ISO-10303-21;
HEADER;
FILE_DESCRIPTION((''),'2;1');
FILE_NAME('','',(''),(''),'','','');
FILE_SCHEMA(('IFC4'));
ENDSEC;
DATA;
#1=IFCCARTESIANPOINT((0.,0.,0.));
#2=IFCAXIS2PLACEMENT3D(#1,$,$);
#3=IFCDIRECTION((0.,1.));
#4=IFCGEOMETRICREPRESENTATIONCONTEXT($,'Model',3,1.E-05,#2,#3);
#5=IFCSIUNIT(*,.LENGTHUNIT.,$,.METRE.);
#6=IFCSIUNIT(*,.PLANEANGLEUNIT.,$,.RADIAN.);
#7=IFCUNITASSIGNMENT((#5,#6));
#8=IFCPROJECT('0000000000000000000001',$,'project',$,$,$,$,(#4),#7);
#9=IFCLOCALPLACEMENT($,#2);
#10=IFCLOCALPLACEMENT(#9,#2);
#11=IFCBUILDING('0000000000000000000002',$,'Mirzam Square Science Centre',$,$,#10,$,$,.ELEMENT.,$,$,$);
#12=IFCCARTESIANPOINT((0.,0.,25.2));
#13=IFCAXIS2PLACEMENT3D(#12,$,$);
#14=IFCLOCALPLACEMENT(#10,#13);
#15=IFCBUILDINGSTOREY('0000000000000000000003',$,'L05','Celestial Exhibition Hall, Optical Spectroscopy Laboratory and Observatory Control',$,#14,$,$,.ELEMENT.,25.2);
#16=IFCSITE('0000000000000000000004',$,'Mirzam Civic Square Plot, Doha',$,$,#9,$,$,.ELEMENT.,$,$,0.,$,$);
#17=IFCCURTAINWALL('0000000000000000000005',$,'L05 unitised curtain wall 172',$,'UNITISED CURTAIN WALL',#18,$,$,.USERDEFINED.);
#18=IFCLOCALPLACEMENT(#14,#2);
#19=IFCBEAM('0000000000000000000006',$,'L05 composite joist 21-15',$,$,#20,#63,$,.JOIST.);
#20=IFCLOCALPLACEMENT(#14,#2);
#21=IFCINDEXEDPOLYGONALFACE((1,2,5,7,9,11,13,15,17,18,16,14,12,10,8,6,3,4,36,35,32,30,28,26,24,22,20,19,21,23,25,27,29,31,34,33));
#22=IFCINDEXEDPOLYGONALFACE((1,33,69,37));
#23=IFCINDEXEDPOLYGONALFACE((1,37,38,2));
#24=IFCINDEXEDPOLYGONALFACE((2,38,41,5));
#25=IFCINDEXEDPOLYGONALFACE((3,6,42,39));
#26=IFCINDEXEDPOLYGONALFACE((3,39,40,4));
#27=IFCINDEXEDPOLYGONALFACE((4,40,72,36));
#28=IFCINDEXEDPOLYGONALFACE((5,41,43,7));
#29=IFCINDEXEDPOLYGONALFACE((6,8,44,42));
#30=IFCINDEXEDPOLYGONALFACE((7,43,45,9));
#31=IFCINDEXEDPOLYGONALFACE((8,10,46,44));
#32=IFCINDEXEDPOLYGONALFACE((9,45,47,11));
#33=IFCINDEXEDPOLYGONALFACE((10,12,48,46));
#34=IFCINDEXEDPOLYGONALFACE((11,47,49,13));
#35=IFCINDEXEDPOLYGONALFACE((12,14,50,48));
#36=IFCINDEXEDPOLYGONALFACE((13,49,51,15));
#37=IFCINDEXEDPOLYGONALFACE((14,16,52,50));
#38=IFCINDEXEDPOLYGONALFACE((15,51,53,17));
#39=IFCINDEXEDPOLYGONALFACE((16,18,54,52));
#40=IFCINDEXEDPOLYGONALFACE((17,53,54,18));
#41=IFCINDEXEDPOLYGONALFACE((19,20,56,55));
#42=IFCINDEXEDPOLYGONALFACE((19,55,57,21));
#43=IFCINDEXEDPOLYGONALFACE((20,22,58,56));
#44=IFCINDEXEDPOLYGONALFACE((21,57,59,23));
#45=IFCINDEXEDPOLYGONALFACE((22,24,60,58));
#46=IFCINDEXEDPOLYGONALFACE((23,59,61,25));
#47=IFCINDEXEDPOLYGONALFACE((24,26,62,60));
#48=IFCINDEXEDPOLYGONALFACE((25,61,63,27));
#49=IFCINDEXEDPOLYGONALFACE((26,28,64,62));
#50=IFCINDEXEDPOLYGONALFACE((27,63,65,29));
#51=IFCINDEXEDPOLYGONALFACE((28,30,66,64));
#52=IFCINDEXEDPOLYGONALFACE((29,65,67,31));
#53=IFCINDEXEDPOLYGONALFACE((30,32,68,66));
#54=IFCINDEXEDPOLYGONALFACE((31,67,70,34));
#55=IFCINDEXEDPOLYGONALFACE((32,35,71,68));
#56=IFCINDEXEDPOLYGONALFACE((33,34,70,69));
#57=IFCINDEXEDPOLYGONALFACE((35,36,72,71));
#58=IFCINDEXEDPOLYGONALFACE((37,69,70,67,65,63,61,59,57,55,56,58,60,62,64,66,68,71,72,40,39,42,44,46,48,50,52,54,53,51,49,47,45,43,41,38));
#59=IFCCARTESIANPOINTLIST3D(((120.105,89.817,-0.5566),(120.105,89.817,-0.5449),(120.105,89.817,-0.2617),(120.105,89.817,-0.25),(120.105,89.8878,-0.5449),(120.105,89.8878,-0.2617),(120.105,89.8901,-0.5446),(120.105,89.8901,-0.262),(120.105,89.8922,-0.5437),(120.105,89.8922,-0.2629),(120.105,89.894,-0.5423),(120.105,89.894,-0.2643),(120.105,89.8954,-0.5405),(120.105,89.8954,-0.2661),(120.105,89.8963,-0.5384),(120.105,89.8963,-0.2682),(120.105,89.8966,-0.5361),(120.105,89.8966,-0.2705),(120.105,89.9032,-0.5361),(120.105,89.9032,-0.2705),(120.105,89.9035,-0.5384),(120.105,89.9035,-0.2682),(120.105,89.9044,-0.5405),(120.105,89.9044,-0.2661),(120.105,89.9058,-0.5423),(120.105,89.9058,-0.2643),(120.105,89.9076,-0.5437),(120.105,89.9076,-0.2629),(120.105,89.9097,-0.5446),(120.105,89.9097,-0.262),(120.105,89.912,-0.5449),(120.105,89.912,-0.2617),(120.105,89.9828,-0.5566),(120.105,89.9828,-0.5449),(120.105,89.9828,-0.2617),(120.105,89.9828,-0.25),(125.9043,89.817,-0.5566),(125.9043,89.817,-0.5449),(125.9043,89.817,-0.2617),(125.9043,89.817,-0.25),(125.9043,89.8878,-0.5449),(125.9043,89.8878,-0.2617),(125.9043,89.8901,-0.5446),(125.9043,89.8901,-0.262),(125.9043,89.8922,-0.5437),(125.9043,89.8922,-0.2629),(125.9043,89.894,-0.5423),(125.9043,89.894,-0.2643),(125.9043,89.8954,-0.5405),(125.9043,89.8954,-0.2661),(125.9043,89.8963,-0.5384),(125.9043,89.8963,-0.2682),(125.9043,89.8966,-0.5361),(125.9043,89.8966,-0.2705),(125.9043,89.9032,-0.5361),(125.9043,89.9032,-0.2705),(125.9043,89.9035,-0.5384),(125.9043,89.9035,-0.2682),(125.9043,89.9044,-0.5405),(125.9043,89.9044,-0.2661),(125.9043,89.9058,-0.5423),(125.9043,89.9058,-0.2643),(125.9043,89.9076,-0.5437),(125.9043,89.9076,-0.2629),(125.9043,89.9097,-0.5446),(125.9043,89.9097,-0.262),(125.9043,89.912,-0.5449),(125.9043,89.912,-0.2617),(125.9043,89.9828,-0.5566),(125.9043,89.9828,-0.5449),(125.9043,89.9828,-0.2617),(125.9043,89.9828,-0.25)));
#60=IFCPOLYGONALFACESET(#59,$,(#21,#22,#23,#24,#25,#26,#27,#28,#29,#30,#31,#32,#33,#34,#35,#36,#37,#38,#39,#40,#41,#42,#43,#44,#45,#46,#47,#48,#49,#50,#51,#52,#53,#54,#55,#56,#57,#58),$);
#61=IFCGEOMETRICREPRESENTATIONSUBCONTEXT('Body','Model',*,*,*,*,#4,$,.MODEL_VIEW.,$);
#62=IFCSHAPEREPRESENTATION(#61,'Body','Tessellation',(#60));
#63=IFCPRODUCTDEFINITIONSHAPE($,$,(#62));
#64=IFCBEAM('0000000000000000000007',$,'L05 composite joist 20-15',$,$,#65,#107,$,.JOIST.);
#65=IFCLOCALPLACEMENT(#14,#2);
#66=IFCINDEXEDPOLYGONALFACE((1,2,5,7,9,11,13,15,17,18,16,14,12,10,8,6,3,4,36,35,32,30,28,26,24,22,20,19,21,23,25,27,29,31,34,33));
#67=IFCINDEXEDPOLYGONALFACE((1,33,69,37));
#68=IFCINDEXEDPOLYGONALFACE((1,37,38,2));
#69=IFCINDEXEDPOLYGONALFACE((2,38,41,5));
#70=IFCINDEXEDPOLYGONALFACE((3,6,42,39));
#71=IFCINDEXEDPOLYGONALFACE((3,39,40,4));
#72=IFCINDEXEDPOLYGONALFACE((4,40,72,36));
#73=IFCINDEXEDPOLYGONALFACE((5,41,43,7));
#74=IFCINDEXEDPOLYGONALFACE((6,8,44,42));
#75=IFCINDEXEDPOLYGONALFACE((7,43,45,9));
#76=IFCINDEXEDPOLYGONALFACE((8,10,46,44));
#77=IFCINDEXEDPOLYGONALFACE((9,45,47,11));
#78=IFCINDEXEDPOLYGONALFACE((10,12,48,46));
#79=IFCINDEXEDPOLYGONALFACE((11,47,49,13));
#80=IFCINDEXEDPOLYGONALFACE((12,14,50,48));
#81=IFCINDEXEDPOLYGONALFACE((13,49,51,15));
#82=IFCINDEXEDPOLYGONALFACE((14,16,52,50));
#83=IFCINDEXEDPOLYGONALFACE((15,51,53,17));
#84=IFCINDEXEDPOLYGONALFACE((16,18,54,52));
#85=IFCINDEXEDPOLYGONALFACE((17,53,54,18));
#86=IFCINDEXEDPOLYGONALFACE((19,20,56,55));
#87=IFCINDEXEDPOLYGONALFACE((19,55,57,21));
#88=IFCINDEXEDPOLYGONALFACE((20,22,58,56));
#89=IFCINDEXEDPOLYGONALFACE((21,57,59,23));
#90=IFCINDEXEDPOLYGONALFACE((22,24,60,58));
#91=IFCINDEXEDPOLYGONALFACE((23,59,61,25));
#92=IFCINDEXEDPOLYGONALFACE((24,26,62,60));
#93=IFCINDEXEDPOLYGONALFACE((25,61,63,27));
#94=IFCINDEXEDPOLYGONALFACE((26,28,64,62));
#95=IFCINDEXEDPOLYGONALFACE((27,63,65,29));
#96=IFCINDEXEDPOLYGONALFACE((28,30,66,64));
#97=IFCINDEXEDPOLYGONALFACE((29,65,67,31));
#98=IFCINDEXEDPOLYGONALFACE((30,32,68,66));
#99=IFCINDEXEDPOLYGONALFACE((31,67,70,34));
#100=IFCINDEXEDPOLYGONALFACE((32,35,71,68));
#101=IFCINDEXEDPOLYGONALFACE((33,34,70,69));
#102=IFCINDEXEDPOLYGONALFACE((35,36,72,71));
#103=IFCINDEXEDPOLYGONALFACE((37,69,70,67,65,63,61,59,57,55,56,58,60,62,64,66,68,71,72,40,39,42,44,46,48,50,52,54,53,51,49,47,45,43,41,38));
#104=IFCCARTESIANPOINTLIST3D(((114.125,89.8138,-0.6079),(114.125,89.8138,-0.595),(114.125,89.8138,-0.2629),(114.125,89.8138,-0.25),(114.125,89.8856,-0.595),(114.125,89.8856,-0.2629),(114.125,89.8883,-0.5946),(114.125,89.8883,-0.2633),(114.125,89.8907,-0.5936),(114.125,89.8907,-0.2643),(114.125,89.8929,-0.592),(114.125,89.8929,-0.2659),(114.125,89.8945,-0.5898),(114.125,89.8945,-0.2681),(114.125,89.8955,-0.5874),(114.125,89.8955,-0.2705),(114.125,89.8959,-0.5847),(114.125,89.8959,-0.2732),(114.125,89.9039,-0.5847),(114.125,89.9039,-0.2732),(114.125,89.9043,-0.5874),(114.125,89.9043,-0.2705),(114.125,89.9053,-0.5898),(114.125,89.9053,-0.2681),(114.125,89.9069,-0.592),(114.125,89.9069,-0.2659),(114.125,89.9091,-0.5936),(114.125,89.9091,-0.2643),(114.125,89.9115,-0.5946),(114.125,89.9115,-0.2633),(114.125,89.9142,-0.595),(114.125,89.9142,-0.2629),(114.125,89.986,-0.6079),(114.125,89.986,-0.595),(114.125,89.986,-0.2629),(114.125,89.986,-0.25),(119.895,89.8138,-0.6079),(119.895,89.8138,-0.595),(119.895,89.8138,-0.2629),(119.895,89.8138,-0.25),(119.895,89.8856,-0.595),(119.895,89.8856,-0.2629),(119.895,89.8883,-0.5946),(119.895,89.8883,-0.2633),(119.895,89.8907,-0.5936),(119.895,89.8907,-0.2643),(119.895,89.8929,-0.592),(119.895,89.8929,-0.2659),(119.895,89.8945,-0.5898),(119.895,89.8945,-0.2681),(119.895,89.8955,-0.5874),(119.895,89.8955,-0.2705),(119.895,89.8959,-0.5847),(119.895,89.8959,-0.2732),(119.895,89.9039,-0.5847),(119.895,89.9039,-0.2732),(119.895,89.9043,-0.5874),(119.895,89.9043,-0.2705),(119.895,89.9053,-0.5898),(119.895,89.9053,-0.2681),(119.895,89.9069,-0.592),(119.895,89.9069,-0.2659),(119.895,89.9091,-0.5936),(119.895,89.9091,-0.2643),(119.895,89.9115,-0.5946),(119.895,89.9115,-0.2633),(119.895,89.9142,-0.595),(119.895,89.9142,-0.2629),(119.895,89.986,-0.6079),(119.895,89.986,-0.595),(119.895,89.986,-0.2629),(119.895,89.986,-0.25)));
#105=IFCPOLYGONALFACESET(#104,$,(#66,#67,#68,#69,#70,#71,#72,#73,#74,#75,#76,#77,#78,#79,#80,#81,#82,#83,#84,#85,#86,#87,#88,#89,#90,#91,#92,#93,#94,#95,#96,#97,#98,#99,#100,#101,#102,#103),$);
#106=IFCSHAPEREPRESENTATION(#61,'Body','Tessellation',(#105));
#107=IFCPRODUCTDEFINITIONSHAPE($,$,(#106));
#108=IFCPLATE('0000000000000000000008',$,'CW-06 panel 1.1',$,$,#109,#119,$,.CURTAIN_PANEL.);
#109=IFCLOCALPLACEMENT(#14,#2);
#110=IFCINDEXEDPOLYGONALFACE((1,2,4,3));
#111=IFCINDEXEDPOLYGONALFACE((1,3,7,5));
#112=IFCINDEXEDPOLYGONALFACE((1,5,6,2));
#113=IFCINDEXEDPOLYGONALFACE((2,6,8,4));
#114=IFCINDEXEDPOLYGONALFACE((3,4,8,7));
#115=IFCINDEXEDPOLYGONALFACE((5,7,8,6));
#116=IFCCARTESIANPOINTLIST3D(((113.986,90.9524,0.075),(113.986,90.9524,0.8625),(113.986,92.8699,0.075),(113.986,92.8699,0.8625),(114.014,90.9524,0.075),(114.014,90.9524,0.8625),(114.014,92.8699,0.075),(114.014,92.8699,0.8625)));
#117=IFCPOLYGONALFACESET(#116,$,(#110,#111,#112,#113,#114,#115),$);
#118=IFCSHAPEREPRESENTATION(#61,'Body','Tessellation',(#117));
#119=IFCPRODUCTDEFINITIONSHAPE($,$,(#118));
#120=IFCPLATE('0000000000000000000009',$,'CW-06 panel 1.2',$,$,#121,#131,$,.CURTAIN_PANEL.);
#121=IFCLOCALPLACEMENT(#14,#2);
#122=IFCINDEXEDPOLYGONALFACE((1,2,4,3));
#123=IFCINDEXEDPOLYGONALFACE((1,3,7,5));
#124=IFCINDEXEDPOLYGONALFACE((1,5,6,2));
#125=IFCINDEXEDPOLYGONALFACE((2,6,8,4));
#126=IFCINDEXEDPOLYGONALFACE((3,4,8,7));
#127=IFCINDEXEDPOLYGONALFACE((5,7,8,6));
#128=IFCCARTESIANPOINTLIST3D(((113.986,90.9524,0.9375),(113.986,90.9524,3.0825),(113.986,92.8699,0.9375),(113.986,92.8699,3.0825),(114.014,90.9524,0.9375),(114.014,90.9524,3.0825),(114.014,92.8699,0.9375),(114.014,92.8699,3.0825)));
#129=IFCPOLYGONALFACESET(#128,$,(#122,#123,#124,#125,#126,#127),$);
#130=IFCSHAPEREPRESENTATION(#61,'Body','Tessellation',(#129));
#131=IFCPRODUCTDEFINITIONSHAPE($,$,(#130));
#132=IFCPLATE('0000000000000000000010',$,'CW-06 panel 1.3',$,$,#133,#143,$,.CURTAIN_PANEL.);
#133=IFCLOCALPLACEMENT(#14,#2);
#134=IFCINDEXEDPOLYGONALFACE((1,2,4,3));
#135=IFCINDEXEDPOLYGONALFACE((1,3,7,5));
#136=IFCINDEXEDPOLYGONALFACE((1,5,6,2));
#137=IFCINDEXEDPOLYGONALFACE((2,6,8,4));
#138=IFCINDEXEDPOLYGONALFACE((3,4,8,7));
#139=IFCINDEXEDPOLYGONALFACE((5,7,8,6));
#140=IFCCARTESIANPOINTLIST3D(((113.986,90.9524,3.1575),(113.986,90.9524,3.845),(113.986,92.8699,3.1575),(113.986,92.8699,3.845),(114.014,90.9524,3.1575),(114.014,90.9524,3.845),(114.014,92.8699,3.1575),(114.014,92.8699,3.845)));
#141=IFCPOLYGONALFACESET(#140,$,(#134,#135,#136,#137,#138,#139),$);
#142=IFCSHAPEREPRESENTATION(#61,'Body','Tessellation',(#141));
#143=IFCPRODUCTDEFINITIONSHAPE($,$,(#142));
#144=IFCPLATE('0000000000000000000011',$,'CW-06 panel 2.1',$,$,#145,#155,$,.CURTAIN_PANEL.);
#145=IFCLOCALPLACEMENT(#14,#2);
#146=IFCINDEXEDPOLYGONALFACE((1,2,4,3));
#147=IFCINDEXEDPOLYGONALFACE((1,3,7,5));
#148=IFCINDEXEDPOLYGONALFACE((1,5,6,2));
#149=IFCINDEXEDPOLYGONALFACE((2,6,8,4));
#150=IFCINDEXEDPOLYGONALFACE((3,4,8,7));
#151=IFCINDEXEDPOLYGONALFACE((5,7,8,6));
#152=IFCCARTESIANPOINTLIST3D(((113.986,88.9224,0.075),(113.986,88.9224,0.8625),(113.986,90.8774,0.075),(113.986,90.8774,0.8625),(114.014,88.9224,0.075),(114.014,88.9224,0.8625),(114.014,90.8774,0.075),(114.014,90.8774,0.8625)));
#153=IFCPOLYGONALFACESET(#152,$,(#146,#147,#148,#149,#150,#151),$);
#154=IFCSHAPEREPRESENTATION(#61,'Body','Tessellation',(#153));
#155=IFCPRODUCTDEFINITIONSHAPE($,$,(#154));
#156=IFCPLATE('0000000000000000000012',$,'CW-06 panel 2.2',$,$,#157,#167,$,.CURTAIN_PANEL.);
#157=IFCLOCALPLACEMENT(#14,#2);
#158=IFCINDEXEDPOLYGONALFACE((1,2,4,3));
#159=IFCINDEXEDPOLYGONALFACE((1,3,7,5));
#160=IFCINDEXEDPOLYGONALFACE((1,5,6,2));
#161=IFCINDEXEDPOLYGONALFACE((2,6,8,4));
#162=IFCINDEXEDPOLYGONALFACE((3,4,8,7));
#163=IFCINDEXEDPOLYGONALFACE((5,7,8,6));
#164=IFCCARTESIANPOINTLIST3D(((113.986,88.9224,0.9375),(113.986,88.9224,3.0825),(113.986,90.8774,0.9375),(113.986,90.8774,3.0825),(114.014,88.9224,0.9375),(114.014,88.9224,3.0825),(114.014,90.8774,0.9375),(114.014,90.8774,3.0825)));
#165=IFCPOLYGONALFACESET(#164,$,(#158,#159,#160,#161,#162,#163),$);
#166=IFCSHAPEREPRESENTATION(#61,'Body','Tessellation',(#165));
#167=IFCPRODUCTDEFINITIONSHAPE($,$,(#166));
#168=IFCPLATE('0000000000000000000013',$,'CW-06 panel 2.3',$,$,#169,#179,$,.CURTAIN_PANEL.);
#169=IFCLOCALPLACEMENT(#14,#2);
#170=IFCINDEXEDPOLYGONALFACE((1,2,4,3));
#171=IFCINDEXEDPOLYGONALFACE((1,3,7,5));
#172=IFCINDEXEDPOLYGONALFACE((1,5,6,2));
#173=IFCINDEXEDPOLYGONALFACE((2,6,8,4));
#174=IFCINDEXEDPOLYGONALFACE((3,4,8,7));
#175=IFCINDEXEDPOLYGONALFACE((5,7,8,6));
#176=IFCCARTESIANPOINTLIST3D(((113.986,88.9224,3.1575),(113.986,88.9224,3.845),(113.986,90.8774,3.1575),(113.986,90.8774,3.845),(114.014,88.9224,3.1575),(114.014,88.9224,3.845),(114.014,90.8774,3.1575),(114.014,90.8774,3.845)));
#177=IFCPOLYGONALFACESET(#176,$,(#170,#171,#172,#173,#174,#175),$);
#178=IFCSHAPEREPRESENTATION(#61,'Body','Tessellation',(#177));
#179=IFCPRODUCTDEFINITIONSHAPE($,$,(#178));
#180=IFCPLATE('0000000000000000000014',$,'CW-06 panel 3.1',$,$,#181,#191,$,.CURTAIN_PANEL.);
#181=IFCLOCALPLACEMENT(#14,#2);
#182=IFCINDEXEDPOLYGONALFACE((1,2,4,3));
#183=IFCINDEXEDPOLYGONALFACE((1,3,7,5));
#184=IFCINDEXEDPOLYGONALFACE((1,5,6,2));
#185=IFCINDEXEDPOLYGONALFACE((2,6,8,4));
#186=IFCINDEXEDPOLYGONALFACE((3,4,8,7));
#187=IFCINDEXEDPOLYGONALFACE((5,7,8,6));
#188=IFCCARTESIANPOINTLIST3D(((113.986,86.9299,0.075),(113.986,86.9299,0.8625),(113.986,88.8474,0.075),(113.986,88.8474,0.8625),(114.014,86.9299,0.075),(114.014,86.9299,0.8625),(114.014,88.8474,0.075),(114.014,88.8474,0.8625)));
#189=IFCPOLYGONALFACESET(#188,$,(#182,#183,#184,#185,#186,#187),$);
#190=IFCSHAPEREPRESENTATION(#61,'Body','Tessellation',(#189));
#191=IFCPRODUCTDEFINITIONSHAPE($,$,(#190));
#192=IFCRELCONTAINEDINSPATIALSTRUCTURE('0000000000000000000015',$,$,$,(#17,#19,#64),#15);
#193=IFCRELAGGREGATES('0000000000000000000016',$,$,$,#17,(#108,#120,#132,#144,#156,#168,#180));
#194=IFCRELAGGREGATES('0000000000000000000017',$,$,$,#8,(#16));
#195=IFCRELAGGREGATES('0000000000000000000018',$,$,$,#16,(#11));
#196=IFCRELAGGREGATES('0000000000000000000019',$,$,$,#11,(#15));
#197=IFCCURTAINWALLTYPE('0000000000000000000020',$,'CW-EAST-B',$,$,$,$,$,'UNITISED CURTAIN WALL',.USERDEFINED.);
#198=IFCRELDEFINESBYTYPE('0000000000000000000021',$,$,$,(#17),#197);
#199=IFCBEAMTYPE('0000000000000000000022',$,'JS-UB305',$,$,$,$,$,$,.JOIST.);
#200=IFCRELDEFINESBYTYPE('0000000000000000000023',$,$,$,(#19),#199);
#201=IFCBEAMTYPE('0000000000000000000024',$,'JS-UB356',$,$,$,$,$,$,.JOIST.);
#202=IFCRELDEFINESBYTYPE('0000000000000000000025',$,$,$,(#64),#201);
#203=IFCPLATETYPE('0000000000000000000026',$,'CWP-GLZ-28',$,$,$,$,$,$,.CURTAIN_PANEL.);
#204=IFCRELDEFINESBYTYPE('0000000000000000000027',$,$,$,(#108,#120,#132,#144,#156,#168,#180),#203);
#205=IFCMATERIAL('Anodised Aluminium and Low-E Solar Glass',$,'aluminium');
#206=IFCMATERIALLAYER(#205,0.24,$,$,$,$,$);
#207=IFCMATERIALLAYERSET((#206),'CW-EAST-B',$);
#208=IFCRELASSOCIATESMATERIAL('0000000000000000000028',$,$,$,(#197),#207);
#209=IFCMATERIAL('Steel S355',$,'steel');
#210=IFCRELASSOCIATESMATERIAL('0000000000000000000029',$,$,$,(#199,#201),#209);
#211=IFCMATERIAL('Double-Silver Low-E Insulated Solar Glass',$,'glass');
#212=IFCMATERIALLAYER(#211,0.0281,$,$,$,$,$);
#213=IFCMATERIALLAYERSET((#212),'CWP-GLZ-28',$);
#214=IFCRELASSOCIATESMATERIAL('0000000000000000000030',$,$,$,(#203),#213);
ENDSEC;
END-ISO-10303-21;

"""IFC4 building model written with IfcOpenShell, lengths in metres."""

from ifc_helpers import new_model, si_unit, direction, frame, origin, origin_2d, place, context, subcontext, project, spatial, rectangle, i_section, extrude, material, layer, layer_set, material_profile, profile_set, type_object, element, aggregate, save


model = new_model("IFC4")

# Units and contexts
model_context = context("Model", 3, precision=1e-05, world=origin(), true_north=direction((0.0, 1.0)))
body_context = subcontext(model_context, "Body", "Model", "MODEL_VIEW")
ifc_project = project(units=[si_unit("LENGTHUNIT", "METRE"), si_unit("PLANEANGLEUNIT", "RADIAN")], contexts=[model_context])

# Site, building, storey
site_placement = place(None, origin())
site = spatial("IfcSite", under=ifc_project, at=site_placement, Name="Mirzam Civic Square Plot, Doha", CompositionType="ELEMENT", RefElevation=0.0)
building_placement = place(site_placement, origin())
building = spatial("IfcBuilding", under=site, at=building_placement, Name="Mirzam Square Science Centre", CompositionType="ELEMENT")
storey_placement = place(building_placement, frame((0.0, 0.0, 25.2)))
storey = spatial("IfcBuildingStorey", under=building, at=storey_placement, Name="L05", Description="Celestial Exhibition Hall, Optical Spectroscopy Laboratory and Observatory Control", CompositionType="ELEMENT", Elevation=25.2)

# Shared definitions
ifc_material_1 = material(Name="Steel S355", Category="steel")

# Curtain wall
ifc_material_2 = material(Name="Anodised Aluminium and Low-E Solar Glass", Category="aluminium")
ifc_layer_1 = layer(ifc_material_2, 0.24)
ifc_layer_set_1 = layer_set([ifc_layer_1], Name="CW-EAST-B")
curtain_wall_type = type_object("IfcCurtainWallType", Name="CW-EAST-B", ElementType="UNITISED CURTAIN WALL", PredefinedType="USERDEFINED", material=ifc_layer_set_1)
curtain_wall_placement = place(storey_placement, origin())
curtain_wall = element("IfcCurtainWall", 1, at=curtain_wall_placement, inside=storey, type_object=curtain_wall_type, Name="L05 unitised curtain wall 172", ObjectType="UNITISED CURTAIN WALL", PredefinedType="USERDEFINED")

# Beams
ifc_material_profile_1 = material_profile(ifc_material_1, i_section(OverallWidth=0.1658, OverallDepth=0.3066, WebThickness=0.0066, FlangeThickness=0.0117, FilletRadius=0.0088, at=origin_2d()), Name="305x165x46UB")
ifc_profile_set_1 = profile_set([ifc_material_profile_1], Name="Steel S355")
beam_type_1 = type_object("IfcBeamType", Name="JS-UB305", PredefinedType="JOIST", material=ifc_profile_set_1)
beam_1_placement = place(storey_placement, frame((120.105, 89.8999, -0.4033), z_axis=(1.0, 0.0, 0.0), x_axis=(0.0, 1.0, 0.0)))
element("IfcBeam", 2, at=beam_1_placement, inside=storey, type_object=beam_type_1, Name="L05 composite joist 21-15", PredefinedType="JOIST", context=body_context, shape_type="SweptSolid", body=[
    extrude(i_section(OverallWidth=0.1658, OverallDepth=0.3066, WebThickness=0.0066, FlangeThickness=0.0117, FilletRadius=0.0088, at=origin_2d()), origin(), (0.0, 0.0, 1.0), 5.7993),
])
ifc_material_profile_2 = material_profile(ifc_material_1, i_section(OverallWidth=0.1721, OverallDepth=0.3579, WebThickness=0.0081, FlangeThickness=0.0129, FilletRadius=0.0103, at=origin_2d()), Name="356x171x57UB")
ifc_profile_set_2 = profile_set([ifc_material_profile_2], Name="Steel S355")
beam_type_2 = type_object("IfcBeamType", Name="JS-UB356", PredefinedType="JOIST", material=ifc_profile_set_2)
beam_2_placement = place(storey_placement, frame((114.125, 89.8999, -0.429), z_axis=(1.0, 0.0, 0.0), x_axis=(0.0, 1.0, 0.0)))
element("IfcBeam", 3, at=beam_2_placement, inside=storey, type_object=beam_type_2, Name="L05 composite joist 20-15", PredefinedType="JOIST", context=body_context, shape_type="SweptSolid", body=[
    extrude(i_section(OverallWidth=0.1721, OverallDepth=0.3579, WebThickness=0.0081, FlangeThickness=0.0129, FilletRadius=0.0103, at=origin_2d()), origin(), (0.0, 0.0, 1.0), 5.77),
])

# Plates
ifc_material_3 = material(Name="Double-Silver Low-E Insulated Solar Glass", Category="glass")
ifc_layer_2 = layer(ifc_material_3, 0.0281)
ifc_layer_set_2 = layer_set([ifc_layer_2], Name="CWP-GLZ-28")
plate_type = type_object("IfcPlateType", Name="CWP-GLZ-28", PredefinedType="CURTAIN_PANEL", material=ifc_layer_set_2)
plate_1_placement = place(storey_placement, frame((114.0, 91.9111, 0.075), z_axis=(0.0, 0.0, 1.0), x_axis=(0.0, -1.0, 0.0)))
plate_1 = element("IfcPlate", 4, at=plate_1_placement, type_object=plate_type, Name="CW-06 panel 1.1", PredefinedType="CURTAIN_PANEL", context=body_context, shape_type="SweptSolid", body=[
    extrude(rectangle(XDim=1.9175, YDim=0.0281, at=origin_2d()), origin(), (0.0, 0.0, 1.0), 0.7876),
])
plate_2_placement = place(storey_placement, frame((114.0, 91.9111, 0.9375), z_axis=(0.0, 0.0, 1.0), x_axis=(0.0, -1.0, 0.0)))
plate_2 = element("IfcPlate", 5, at=plate_2_placement, type_object=plate_type, Name="CW-06 panel 1.2", PredefinedType="CURTAIN_PANEL", context=body_context, shape_type="SweptSolid", body=[
    extrude(rectangle(XDim=1.9175, YDim=0.0281, at=origin_2d()), origin(), (0.0, 0.0, 1.0), 2.145),
])
plate_3_placement = place(storey_placement, frame((114.0, 91.9111, 3.1575), z_axis=(0.0, 0.0, 1.0), x_axis=(0.0, -1.0, 0.0)))
plate_3 = element("IfcPlate", 6, at=plate_3_placement, type_object=plate_type, Name="CW-06 panel 1.3", PredefinedType="CURTAIN_PANEL", context=body_context, shape_type="SweptSolid", body=[
    extrude(rectangle(XDim=1.9175, YDim=0.0281, at=origin_2d()), origin(), (0.0, 0.0, 1.0), 0.6875),
])
plate_4_placement = place(storey_placement, frame((114.0, 89.8999, 0.075), z_axis=(0.0, 0.0, 1.0), x_axis=(0.0, -1.0, 0.0)))
plate_4 = element("IfcPlate", 7, at=plate_4_placement, type_object=plate_type, Name="CW-06 panel 2.1", PredefinedType="CURTAIN_PANEL", context=body_context, shape_type="SweptSolid", body=[
    extrude(rectangle(XDim=1.9551, YDim=0.0281, at=origin_2d()), origin(), (0.0, 0.0, 1.0), 0.7876),
])
plate_5_placement = place(storey_placement, frame((114.0, 89.8999, 0.9375), z_axis=(0.0, 0.0, 1.0), x_axis=(0.0, -1.0, 0.0)))
plate_5 = element("IfcPlate", 8, at=plate_5_placement, type_object=plate_type, Name="CW-06 panel 2.2", PredefinedType="CURTAIN_PANEL", context=body_context, shape_type="SweptSolid", body=[
    extrude(rectangle(XDim=1.9551, YDim=0.0281, at=origin_2d()), origin(), (0.0, 0.0, 1.0), 2.145),
])
plate_6_placement = place(storey_placement, frame((114.0, 89.8999, 3.1575), z_axis=(0.0, 0.0, 1.0), x_axis=(0.0, -1.0, 0.0)))
plate_6 = element("IfcPlate", 9, at=plate_6_placement, type_object=plate_type, Name="CW-06 panel 2.3", PredefinedType="CURTAIN_PANEL", context=body_context, shape_type="SweptSolid", body=[
    extrude(rectangle(XDim=1.9551, YDim=0.0281, at=origin_2d()), origin(), (0.0, 0.0, 1.0), 0.6875),
])
plate_7_placement = place(storey_placement, frame((114.0, 87.8887, 0.075), z_axis=(0.0, 0.0, 1.0), x_axis=(0.0, -1.0, 0.0)))
plate_7 = element("IfcPlate", 10, at=plate_7_placement, type_object=plate_type, Name="CW-06 panel 3.1", PredefinedType="CURTAIN_PANEL", context=body_context, shape_type="SweptSolid", body=[
    extrude(rectangle(XDim=1.9175, YDim=0.0281, at=origin_2d()), origin(), (0.0, 0.0, 1.0), 0.7876),
])
aggregate(curtain_wall, [plate_1, plate_2, plate_3, plate_4, plate_5, plate_6, plate_7])

save(model, "model.ifc")
